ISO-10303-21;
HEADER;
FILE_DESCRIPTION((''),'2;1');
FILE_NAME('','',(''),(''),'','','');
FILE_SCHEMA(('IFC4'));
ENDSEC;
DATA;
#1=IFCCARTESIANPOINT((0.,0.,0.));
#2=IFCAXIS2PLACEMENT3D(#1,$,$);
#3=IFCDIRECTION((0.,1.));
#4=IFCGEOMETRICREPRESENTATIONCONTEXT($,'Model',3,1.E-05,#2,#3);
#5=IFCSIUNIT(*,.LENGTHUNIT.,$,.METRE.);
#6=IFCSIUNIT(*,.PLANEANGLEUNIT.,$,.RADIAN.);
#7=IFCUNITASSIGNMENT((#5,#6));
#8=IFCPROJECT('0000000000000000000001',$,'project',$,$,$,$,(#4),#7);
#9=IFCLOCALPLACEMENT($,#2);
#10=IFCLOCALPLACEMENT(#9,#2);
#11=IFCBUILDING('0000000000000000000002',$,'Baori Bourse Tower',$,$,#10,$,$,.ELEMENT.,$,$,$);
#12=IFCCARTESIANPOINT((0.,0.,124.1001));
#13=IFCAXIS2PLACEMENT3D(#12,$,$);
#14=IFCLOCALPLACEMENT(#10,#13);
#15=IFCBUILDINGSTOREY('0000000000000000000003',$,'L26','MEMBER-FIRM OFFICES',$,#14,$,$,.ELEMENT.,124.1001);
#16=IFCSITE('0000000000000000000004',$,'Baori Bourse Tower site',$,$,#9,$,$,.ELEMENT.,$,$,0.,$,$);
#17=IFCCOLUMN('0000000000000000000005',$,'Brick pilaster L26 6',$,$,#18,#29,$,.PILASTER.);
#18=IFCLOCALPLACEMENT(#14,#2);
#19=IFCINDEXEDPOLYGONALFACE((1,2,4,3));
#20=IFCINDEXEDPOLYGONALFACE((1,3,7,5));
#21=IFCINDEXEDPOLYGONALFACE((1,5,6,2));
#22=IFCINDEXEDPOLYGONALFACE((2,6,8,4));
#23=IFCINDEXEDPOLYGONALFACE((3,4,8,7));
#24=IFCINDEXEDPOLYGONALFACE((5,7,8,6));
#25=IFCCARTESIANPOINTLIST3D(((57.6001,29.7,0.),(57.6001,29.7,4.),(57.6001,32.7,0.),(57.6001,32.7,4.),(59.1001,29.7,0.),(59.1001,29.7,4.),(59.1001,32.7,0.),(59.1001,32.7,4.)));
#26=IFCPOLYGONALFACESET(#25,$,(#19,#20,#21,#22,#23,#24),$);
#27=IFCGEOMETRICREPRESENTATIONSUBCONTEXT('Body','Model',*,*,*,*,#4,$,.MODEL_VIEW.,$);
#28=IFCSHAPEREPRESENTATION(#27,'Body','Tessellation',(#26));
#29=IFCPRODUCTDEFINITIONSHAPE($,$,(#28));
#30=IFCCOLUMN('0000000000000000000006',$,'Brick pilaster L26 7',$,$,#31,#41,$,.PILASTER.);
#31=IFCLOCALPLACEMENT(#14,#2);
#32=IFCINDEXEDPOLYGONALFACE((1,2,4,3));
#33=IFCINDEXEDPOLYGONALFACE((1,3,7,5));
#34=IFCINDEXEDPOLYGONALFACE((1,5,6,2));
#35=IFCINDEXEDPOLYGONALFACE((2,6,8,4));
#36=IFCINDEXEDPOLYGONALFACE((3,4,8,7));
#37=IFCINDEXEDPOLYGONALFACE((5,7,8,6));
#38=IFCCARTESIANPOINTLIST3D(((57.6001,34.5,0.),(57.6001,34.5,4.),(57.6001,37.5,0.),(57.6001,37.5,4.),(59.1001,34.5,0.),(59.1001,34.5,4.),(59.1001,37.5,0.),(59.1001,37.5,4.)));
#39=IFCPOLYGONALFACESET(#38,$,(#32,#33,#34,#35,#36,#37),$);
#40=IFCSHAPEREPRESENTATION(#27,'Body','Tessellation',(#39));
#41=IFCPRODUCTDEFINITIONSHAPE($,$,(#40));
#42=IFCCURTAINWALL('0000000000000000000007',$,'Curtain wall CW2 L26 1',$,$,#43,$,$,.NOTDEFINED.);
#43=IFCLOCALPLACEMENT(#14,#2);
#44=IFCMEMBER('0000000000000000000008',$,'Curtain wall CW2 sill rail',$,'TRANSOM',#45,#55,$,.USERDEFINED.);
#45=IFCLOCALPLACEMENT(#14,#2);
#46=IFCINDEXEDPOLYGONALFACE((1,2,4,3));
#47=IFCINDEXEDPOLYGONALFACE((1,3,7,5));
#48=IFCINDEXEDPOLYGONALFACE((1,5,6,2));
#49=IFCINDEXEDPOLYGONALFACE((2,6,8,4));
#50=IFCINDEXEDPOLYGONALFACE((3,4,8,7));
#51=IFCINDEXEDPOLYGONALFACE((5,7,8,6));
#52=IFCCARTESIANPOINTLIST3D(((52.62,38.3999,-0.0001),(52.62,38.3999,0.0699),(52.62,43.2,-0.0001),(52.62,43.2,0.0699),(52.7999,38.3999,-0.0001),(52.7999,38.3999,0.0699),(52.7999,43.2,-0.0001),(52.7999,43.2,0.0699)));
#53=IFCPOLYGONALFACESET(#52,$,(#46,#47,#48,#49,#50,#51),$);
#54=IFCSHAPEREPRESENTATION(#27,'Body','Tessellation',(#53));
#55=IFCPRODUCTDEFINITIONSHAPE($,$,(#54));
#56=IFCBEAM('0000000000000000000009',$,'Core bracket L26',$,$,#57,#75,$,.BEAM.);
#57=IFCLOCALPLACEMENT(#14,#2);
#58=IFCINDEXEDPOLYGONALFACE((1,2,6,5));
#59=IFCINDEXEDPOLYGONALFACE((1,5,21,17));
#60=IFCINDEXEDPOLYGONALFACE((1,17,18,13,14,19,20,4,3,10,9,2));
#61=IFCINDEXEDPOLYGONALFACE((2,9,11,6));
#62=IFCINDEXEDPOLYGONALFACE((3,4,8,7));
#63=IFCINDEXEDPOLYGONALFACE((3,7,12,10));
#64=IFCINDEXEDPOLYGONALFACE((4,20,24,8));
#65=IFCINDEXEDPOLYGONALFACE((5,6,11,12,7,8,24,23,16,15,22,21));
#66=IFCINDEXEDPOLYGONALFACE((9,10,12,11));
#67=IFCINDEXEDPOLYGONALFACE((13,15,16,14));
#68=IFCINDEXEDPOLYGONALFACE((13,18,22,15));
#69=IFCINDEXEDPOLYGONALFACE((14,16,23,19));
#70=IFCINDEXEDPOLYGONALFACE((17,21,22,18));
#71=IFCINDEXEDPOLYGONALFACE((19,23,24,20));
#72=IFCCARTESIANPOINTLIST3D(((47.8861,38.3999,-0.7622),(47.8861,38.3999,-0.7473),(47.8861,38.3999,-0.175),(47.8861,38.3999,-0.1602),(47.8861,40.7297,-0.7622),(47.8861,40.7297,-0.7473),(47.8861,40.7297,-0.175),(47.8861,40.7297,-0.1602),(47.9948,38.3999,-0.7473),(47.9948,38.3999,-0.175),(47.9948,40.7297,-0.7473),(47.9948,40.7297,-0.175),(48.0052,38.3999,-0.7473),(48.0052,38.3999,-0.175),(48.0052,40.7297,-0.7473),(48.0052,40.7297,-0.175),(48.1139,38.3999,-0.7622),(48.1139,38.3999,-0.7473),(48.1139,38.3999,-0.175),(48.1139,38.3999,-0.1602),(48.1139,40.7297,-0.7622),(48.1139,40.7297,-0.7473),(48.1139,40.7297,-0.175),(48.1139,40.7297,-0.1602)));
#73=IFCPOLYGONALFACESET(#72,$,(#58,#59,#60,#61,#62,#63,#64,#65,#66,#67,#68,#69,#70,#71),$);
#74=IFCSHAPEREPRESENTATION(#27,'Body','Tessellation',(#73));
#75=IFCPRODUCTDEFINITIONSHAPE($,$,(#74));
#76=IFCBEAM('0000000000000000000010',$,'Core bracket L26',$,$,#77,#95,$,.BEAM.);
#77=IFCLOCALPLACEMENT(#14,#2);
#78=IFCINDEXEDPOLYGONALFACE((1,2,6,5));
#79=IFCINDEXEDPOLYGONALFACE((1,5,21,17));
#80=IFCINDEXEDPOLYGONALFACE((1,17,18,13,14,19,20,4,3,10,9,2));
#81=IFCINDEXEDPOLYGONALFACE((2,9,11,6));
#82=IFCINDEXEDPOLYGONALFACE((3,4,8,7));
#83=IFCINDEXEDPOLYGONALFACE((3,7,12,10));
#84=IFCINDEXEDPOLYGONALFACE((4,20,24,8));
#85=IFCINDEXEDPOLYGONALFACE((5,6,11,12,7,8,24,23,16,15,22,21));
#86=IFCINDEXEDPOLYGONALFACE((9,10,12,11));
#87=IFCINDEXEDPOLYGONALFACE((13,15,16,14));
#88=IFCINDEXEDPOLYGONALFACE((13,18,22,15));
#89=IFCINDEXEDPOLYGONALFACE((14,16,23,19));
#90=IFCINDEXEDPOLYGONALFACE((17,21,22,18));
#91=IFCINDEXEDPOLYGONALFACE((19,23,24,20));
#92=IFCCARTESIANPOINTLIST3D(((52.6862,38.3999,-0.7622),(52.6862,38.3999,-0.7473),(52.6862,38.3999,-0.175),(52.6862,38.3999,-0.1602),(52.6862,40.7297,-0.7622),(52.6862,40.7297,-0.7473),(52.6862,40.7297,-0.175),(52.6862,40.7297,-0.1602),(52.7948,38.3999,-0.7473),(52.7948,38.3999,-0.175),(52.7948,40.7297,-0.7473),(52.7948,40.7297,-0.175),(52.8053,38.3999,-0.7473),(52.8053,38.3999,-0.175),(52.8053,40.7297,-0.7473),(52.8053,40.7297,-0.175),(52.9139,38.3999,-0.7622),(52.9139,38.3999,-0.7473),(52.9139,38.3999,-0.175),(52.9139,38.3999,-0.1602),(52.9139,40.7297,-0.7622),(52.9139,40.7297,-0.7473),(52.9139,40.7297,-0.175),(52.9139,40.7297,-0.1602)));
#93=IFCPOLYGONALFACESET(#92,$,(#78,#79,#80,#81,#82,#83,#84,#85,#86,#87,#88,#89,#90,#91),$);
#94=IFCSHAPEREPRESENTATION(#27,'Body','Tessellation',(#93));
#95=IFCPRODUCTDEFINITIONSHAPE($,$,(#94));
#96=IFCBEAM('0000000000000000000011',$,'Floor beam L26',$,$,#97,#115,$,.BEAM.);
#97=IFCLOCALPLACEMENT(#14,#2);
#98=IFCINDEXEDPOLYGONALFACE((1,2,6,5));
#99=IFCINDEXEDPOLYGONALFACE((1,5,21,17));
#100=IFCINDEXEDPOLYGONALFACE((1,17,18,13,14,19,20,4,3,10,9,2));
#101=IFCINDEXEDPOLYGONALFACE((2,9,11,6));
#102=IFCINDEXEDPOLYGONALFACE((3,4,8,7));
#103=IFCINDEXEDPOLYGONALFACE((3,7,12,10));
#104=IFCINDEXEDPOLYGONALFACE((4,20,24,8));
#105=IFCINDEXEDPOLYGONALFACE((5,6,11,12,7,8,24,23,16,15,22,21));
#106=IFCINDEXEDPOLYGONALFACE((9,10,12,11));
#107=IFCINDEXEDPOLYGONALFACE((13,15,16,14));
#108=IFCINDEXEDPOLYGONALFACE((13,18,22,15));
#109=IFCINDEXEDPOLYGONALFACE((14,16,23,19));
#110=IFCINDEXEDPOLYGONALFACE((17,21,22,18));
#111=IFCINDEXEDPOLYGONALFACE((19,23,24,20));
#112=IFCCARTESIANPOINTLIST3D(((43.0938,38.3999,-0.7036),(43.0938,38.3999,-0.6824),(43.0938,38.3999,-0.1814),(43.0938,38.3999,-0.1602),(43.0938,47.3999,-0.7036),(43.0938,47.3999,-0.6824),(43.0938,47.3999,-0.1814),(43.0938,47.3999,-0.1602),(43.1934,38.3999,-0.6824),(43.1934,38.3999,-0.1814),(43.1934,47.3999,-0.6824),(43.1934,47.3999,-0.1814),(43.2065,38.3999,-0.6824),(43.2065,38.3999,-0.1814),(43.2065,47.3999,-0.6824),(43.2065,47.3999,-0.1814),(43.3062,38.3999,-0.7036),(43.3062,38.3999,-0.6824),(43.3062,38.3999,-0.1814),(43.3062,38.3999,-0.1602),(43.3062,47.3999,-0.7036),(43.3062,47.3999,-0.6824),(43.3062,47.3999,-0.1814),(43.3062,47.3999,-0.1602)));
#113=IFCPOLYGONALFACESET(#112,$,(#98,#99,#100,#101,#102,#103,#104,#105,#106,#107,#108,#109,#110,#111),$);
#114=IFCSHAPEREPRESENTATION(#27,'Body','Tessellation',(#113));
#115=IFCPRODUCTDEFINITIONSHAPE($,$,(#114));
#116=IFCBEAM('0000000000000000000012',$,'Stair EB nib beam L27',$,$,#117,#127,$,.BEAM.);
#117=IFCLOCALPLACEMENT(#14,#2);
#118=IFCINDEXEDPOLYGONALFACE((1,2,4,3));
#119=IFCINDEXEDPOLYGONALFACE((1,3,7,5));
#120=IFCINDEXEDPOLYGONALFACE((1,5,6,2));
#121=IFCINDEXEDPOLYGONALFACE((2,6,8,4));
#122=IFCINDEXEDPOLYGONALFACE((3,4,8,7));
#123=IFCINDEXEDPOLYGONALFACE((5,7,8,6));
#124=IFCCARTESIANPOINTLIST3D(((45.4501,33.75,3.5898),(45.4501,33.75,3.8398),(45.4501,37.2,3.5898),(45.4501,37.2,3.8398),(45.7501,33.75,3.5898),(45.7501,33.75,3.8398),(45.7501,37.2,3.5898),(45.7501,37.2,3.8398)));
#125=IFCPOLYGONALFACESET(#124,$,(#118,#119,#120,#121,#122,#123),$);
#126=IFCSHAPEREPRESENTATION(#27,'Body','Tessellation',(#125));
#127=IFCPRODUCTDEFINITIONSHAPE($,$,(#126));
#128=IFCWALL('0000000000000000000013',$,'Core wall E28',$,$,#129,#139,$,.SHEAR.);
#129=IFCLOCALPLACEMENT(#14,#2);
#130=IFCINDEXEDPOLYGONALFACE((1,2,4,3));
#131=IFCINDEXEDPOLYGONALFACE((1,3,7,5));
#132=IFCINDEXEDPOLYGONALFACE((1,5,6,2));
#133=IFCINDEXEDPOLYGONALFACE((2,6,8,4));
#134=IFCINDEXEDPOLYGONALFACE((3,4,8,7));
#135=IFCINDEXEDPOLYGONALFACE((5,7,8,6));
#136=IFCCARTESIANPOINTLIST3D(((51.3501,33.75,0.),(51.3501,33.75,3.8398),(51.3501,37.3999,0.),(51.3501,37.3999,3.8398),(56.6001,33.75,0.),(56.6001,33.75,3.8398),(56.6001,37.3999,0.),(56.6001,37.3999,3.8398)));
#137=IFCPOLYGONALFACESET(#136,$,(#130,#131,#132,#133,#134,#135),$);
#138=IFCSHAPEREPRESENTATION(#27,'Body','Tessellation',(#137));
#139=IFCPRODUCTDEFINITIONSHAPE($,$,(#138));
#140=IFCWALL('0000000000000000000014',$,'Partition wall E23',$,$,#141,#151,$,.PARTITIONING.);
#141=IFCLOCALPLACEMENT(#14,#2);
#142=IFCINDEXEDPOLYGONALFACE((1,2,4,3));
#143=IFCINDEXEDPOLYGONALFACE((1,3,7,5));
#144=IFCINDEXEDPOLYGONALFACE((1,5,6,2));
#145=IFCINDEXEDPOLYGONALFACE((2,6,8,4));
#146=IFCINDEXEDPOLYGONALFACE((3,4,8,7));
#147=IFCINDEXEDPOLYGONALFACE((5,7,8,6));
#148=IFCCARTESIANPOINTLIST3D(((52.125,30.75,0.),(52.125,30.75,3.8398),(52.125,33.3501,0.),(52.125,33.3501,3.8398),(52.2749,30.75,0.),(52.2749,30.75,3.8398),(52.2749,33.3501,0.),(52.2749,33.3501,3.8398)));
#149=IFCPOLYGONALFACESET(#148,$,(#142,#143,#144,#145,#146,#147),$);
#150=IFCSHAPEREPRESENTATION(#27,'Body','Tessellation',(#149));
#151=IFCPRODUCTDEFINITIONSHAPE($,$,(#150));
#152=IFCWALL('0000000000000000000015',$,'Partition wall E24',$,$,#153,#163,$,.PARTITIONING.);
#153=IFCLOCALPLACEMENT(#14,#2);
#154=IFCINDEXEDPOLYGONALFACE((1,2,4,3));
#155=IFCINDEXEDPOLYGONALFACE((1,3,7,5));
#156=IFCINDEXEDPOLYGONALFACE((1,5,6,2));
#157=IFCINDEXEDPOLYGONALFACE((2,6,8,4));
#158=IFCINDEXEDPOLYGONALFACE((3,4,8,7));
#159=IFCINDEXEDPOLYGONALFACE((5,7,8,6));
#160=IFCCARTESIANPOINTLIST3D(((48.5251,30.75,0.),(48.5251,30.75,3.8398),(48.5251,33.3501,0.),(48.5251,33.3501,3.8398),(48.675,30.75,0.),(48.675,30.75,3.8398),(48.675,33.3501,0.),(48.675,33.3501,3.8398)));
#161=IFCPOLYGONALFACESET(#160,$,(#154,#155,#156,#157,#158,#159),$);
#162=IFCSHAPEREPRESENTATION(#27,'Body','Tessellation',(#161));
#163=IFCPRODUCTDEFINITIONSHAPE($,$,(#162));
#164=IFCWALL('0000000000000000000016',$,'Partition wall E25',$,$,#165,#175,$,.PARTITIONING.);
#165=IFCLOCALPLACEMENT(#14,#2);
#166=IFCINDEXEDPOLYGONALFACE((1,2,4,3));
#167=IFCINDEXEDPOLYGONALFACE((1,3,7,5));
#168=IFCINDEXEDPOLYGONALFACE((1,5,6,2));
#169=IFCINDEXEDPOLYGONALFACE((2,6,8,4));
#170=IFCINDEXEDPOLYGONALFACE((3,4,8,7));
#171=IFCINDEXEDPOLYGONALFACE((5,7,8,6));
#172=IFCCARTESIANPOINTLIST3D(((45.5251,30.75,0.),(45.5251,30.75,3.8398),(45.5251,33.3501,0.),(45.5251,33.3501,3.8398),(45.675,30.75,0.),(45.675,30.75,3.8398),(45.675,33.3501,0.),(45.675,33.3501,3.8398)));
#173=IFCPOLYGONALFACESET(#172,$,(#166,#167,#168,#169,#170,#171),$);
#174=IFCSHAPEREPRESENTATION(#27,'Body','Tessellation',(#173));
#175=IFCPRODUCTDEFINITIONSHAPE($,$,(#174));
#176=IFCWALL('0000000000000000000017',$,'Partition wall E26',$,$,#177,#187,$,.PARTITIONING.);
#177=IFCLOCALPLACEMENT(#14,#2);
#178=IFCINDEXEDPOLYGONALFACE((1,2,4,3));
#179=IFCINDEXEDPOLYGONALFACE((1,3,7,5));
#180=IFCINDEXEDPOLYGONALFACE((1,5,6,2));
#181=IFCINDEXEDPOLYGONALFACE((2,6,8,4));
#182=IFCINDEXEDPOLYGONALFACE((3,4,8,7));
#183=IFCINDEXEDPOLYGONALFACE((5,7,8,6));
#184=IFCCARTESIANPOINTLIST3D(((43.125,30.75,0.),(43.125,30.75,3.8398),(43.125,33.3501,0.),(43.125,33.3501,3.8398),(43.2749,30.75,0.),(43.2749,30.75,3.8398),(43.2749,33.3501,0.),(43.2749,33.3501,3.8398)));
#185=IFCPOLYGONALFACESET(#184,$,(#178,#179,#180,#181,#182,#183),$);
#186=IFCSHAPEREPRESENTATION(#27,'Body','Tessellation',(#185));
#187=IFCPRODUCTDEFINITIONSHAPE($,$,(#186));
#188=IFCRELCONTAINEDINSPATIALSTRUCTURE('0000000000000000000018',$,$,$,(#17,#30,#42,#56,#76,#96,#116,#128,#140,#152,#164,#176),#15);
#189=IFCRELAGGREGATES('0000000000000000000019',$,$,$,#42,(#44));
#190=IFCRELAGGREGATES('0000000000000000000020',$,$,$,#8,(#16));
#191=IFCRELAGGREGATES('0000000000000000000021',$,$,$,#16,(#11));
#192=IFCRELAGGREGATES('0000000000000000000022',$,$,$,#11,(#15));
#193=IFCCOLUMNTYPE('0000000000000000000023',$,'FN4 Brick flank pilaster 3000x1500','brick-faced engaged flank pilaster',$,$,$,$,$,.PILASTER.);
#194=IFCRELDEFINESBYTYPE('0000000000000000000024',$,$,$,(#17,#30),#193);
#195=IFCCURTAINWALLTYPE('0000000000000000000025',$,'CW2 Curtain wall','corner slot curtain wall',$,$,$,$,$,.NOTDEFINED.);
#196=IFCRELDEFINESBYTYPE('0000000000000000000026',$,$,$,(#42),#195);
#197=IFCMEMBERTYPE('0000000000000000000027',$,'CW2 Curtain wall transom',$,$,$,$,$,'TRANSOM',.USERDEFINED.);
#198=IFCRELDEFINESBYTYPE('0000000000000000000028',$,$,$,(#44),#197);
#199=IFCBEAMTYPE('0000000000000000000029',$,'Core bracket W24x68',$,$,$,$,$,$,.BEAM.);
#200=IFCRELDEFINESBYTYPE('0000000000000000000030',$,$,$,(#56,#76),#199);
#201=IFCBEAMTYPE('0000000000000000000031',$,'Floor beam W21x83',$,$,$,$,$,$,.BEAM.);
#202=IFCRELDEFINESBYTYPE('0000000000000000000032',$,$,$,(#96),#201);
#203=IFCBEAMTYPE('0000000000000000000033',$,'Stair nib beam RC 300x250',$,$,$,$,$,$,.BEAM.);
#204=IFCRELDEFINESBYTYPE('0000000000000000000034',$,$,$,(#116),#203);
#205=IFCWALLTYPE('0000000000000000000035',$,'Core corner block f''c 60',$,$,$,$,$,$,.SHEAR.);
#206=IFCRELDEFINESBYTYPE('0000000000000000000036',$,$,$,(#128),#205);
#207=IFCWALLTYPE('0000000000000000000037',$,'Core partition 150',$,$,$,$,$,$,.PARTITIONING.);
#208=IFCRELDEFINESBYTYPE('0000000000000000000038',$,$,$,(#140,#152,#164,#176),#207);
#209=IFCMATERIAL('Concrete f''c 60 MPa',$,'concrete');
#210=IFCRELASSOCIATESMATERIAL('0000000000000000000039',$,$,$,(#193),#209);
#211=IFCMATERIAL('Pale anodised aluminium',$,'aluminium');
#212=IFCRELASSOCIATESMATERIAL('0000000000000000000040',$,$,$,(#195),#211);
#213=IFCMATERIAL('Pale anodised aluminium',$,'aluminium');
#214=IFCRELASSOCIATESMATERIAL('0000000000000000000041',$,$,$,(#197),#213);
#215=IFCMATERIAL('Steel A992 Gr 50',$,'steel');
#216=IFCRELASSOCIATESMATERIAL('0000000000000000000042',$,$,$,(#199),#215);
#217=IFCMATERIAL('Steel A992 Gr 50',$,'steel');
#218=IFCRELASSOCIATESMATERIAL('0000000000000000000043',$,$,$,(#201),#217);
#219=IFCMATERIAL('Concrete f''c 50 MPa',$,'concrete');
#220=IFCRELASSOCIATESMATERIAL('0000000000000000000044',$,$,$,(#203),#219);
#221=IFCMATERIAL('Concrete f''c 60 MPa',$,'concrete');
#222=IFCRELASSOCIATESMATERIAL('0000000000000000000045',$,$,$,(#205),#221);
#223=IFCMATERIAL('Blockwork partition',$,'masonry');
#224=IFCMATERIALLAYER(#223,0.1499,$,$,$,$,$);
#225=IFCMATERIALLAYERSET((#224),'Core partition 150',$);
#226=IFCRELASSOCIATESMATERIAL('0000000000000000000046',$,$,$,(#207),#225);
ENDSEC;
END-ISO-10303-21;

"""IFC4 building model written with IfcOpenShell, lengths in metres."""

from ifc_helpers import new_model, si_unit, direction, frame, frame_2d, origin, origin_2d, place, context, subcontext, project, spatial, rectangle, i_section, extrude, material, layer, layer_set, material_profile, profile_set, type_object, element, aggregate, save


model = new_model("IFC4")

# Units and contexts
model_context = context("Model", 3, precision=1e-05, world=origin(), true_north=direction((0.0, 1.0)))
body_context = subcontext(model_context, "Body", "Model", "MODEL_VIEW")
ifc_project = project(units=[si_unit("LENGTHUNIT", "METRE"), si_unit("PLANEANGLEUNIT", "RADIAN")], contexts=[model_context])

# Site, building, storey
site_placement = place(None, origin())
site = spatial("IfcSite", under=ifc_project, at=site_placement, Name="Baori Bourse Tower site", CompositionType="ELEMENT", RefElevation=0.0)
building_placement = place(site_placement, origin())
building = spatial("IfcBuilding", under=site, at=building_placement, Name="Baori Bourse Tower", CompositionType="ELEMENT")
storey_placement = place(building_placement, frame((0.0, 0.0, 124.1001)))
storey = spatial("IfcBuildingStorey", under=building, at=storey_placement, Name="L26", Description="MEMBER-FIRM OFFICES", CompositionType="ELEMENT", Elevation=124.1001)

# Columns
ifc_material_1 = material(Name="Concrete f'c 60 MPa", Category="concrete")
ifc_material_profile_1 = material_profile(ifc_material_1, rectangle(XDim=3.0, YDim=1.5, at=origin_2d()), Name="RC 3000x1500")
ifc_profile_set_1 = profile_set([ifc_material_profile_1], Name="Concrete f'c 60 MPa")
column_type = type_object("IfcColumnType", Name="FN4 Brick flank pilaster 3000x1500", Description="brick-faced engaged flank pilaster", PredefinedType="PILASTER", material=ifc_profile_set_1)
for number, where, z_axis, x_axis, name in (
    (1, (58.3501, 31.2, 0.0), (0.0, 0.0, 1.0), (0.0, 1.0, 0.0), "Brick pilaster L26 6"),
    (2, (58.3501, 36.0, 0.0), (0.0, 0.0, 1.0), (0.0, 1.0, 0.0), "Brick pilaster L26 7"),
):
    element("IfcColumn", number, at=place(storey_placement, frame(where, z_axis=z_axis, x_axis=x_axis)), inside=storey, type_object=column_type, Name=name, PredefinedType="PILASTER", context=body_context, shape_type="SweptSolid", body=[
        extrude(rectangle(XDim=3.0, YDim=1.5, at=origin_2d()), origin(), (0.0, 0.0, 1.0), 4.0),
    ])

# Curtain wall, member
ifc_material_2 = material(Name="Pale anodised aluminium", Category="aluminium")
curtain_wall_type = type_object("IfcCurtainWallType", Name="CW2 Curtain wall", Description="corner slot curtain wall", PredefinedType="NOTDEFINED", material=ifc_material_2)
curtain_wall_placement = place(storey_placement, origin())
curtain_wall = element("IfcCurtainWall", 3, at=curtain_wall_placement, inside=storey, type_object=curtain_wall_type, Name="Curtain wall CW2 L26 1", PredefinedType="NOTDEFINED")
ifc_material_3 = material(Name="Pale anodised aluminium", Category="aluminium")
ifc_material_profile_2 = material_profile(ifc_material_3, rectangle(XDim=0.1799, YDim=0.0701, at=origin_2d()), Name="Transom 70x180")
ifc_profile_set_2 = profile_set([ifc_material_profile_2], Name="Pale anodised aluminium")
member_type = type_object("IfcMemberType", Name="CW2 Curtain wall transom", ElementType="TRANSOM", PredefinedType="USERDEFINED", material=ifc_profile_set_2)
member_placement = place(storey_placement, frame((52.71, 38.3999, 0.0349), z_axis=(0.0, 1.0, 0.0), x_axis=(-1.0, 0.0, 0.0)))
member = element("IfcMember", 4, at=member_placement, type_object=member_type, Name="Curtain wall CW2 sill rail", ObjectType="TRANSOM", PredefinedType="USERDEFINED", context=body_context, shape_type="SweptSolid", body=[
    extrude(rectangle(XDim=0.1799, YDim=0.0701, at=origin_2d()), origin(), (0.0, 0.0, 1.0), 4.8),
])
aggregate(curtain_wall, [member])

# Beams
ifc_material_4 = material(Name="Steel A992 Gr 50", Category="steel")
ifc_material_profile_3 = material_profile(ifc_material_4, i_section(OverallWidth=0.2278, OverallDepth=0.6021, WebThickness=0.0105, FlangeThickness=0.0149, at=origin_2d()), Name="W24x68")
ifc_profile_set_3 = profile_set([ifc_material_profile_3], Name="Steel A992 Gr 50")
beam_type_1 = type_object("IfcBeamType", Name="Core bracket W24x68", PredefinedType="BEAM", material=ifc_profile_set_3)
for number, where, z_axis, x_axis, name in (
    (5, (48.0, 38.3999, -0.4612), (0.0, 1.0, 0.0), (-1.0, 0.0, 0.0), "Core bracket L26"),
    (6, (52.8, 38.3999, -0.4612), (0.0, 1.0, 0.0), (-1.0, 0.0, 0.0), "Core bracket L26"),
):
    element("IfcBeam", number, at=place(storey_placement, frame(where, z_axis=z_axis, x_axis=x_axis)), inside=storey, type_object=beam_type_1, Name=name, PredefinedType="BEAM", context=body_context, shape_type="SweptSolid", body=[
        extrude(i_section(OverallWidth=0.2278, OverallDepth=0.6021, WebThickness=0.0105, FlangeThickness=0.0149, at=origin_2d()), origin(), (0.0, 0.0, 1.0), 2.3298),
    ])
ifc_material_5 = material(Name="Steel A992 Gr 50", Category="steel")
ifc_material_profile_4 = material_profile(ifc_material_5, i_section(OverallWidth=0.2124, OverallDepth=0.5435, WebThickness=0.0132, FlangeThickness=0.0212, at=origin_2d()), Name="W21x83")
ifc_profile_set_4 = profile_set([ifc_material_profile_4], Name="Steel A992 Gr 50")
beam_type_2 = type_object("IfcBeamType", Name="Floor beam W21x83", PredefinedType="BEAM", material=ifc_profile_set_4)
beam_1_placement = place(storey_placement, frame((43.2, 38.3999, -0.4319), z_axis=(0.0, 1.0, 0.0), x_axis=(-1.0, 0.0, 0.0)))
element("IfcBeam", 7, at=beam_1_placement, inside=storey, type_object=beam_type_2, Name="Floor beam L26", PredefinedType="BEAM", context=body_context, shape_type="SweptSolid", body=[
    extrude(i_section(OverallWidth=0.2124, OverallDepth=0.5435, WebThickness=0.0132, FlangeThickness=0.0212, at=origin_2d()), origin(), (0.0, 0.0, 1.0), 9.0),
])
ifc_material_6 = material(Name="Concrete f'c 50 MPa", Category="concrete")
ifc_material_profile_5 = material_profile(ifc_material_6, rectangle(XDim=0.3, YDim=0.25, at=origin_2d()), Name="RC 300x250")
ifc_profile_set_5 = profile_set([ifc_material_profile_5], Name="Concrete f'c 50 MPa")
beam_type_3 = type_object("IfcBeamType", Name="Stair nib beam RC 300x250", PredefinedType="BEAM", material=ifc_profile_set_5)
beam_2_placement = place(storey_placement, frame((45.6001, 33.75, 3.7148), z_axis=(0.0, 1.0, 0.0), x_axis=(-1.0, 0.0, 0.0)))
element("IfcBeam", 8, at=beam_2_placement, inside=storey, type_object=beam_type_3, Name="Stair EB nib beam L27", PredefinedType="BEAM", context=body_context, shape_type="SweptSolid", body=[
    extrude(rectangle(XDim=0.3, YDim=0.25, at=origin_2d()), origin(), (0.0, 0.0, 1.0), 3.45),
])

# Walls
ifc_material_7 = material(Name="Concrete f'c 60 MPa", Category="concrete")
wall_type_1 = type_object("IfcWallType", Name="Core corner block f'c 60", PredefinedType="SHEAR", material=ifc_material_7)
wall_1_placement = place(storey_placement, frame((51.3501, 35.575, 0.0), z_axis=(0.0, 0.0, 1.0), x_axis=(1.0, 0.0, 0.0)))
element("IfcWall", 9, at=wall_1_placement, inside=storey, type_object=wall_type_1, Name="Core wall E28", PredefinedType="SHEAR", context=body_context, shape_type="SweptSolid", body=[
    extrude(rectangle(XDim=5.25, YDim=3.6499, at=frame_2d((2.625, 0.0))), origin(), (0.0, 0.0, 1.0), 3.8398),
])
ifc_material_8 = material(Name="Blockwork partition", Category="masonry")
ifc_layer_1 = layer(ifc_material_8, 0.1499)
ifc_layer_set_1 = layer_set([ifc_layer_1], Name="Core partition 150")
wall_type_2 = type_object("IfcWallType", Name="Core partition 150", PredefinedType="PARTITIONING", material=ifc_layer_set_1)
for number, where, z_axis, x_axis, name in (
    (10, (52.2, 30.75, 0.0), (0.0, 0.0, 1.0), (0.0, 1.0, 0.0), "Partition wall E23"),
    (11, (48.6001, 30.75, 0.0), (0.0, 0.0, 1.0), (0.0, 1.0, 0.0), "Partition wall E24"),
    (12, (45.6001, 30.75, 0.0), (0.0, 0.0, 1.0), (0.0, 1.0, 0.0), "Partition wall E25"),
    (13, (43.2, 30.75, 0.0), (0.0, 0.0, 1.0), (0.0, 1.0, 0.0), "Partition wall E26"),
):
    element("IfcWall", number, at=place(storey_placement, frame(where, z_axis=z_axis, x_axis=x_axis)), inside=storey, type_object=wall_type_2, Name=name, PredefinedType="PARTITIONING", context=body_context, shape_type="SweptSolid", body=[
        extrude(rectangle(XDim=2.6001, YDim=0.1499, at=frame_2d((1.3, 0.0))), origin(), (0.0, 0.0, 1.0), 3.8398),
    ])

save(model, "model.ifc")
